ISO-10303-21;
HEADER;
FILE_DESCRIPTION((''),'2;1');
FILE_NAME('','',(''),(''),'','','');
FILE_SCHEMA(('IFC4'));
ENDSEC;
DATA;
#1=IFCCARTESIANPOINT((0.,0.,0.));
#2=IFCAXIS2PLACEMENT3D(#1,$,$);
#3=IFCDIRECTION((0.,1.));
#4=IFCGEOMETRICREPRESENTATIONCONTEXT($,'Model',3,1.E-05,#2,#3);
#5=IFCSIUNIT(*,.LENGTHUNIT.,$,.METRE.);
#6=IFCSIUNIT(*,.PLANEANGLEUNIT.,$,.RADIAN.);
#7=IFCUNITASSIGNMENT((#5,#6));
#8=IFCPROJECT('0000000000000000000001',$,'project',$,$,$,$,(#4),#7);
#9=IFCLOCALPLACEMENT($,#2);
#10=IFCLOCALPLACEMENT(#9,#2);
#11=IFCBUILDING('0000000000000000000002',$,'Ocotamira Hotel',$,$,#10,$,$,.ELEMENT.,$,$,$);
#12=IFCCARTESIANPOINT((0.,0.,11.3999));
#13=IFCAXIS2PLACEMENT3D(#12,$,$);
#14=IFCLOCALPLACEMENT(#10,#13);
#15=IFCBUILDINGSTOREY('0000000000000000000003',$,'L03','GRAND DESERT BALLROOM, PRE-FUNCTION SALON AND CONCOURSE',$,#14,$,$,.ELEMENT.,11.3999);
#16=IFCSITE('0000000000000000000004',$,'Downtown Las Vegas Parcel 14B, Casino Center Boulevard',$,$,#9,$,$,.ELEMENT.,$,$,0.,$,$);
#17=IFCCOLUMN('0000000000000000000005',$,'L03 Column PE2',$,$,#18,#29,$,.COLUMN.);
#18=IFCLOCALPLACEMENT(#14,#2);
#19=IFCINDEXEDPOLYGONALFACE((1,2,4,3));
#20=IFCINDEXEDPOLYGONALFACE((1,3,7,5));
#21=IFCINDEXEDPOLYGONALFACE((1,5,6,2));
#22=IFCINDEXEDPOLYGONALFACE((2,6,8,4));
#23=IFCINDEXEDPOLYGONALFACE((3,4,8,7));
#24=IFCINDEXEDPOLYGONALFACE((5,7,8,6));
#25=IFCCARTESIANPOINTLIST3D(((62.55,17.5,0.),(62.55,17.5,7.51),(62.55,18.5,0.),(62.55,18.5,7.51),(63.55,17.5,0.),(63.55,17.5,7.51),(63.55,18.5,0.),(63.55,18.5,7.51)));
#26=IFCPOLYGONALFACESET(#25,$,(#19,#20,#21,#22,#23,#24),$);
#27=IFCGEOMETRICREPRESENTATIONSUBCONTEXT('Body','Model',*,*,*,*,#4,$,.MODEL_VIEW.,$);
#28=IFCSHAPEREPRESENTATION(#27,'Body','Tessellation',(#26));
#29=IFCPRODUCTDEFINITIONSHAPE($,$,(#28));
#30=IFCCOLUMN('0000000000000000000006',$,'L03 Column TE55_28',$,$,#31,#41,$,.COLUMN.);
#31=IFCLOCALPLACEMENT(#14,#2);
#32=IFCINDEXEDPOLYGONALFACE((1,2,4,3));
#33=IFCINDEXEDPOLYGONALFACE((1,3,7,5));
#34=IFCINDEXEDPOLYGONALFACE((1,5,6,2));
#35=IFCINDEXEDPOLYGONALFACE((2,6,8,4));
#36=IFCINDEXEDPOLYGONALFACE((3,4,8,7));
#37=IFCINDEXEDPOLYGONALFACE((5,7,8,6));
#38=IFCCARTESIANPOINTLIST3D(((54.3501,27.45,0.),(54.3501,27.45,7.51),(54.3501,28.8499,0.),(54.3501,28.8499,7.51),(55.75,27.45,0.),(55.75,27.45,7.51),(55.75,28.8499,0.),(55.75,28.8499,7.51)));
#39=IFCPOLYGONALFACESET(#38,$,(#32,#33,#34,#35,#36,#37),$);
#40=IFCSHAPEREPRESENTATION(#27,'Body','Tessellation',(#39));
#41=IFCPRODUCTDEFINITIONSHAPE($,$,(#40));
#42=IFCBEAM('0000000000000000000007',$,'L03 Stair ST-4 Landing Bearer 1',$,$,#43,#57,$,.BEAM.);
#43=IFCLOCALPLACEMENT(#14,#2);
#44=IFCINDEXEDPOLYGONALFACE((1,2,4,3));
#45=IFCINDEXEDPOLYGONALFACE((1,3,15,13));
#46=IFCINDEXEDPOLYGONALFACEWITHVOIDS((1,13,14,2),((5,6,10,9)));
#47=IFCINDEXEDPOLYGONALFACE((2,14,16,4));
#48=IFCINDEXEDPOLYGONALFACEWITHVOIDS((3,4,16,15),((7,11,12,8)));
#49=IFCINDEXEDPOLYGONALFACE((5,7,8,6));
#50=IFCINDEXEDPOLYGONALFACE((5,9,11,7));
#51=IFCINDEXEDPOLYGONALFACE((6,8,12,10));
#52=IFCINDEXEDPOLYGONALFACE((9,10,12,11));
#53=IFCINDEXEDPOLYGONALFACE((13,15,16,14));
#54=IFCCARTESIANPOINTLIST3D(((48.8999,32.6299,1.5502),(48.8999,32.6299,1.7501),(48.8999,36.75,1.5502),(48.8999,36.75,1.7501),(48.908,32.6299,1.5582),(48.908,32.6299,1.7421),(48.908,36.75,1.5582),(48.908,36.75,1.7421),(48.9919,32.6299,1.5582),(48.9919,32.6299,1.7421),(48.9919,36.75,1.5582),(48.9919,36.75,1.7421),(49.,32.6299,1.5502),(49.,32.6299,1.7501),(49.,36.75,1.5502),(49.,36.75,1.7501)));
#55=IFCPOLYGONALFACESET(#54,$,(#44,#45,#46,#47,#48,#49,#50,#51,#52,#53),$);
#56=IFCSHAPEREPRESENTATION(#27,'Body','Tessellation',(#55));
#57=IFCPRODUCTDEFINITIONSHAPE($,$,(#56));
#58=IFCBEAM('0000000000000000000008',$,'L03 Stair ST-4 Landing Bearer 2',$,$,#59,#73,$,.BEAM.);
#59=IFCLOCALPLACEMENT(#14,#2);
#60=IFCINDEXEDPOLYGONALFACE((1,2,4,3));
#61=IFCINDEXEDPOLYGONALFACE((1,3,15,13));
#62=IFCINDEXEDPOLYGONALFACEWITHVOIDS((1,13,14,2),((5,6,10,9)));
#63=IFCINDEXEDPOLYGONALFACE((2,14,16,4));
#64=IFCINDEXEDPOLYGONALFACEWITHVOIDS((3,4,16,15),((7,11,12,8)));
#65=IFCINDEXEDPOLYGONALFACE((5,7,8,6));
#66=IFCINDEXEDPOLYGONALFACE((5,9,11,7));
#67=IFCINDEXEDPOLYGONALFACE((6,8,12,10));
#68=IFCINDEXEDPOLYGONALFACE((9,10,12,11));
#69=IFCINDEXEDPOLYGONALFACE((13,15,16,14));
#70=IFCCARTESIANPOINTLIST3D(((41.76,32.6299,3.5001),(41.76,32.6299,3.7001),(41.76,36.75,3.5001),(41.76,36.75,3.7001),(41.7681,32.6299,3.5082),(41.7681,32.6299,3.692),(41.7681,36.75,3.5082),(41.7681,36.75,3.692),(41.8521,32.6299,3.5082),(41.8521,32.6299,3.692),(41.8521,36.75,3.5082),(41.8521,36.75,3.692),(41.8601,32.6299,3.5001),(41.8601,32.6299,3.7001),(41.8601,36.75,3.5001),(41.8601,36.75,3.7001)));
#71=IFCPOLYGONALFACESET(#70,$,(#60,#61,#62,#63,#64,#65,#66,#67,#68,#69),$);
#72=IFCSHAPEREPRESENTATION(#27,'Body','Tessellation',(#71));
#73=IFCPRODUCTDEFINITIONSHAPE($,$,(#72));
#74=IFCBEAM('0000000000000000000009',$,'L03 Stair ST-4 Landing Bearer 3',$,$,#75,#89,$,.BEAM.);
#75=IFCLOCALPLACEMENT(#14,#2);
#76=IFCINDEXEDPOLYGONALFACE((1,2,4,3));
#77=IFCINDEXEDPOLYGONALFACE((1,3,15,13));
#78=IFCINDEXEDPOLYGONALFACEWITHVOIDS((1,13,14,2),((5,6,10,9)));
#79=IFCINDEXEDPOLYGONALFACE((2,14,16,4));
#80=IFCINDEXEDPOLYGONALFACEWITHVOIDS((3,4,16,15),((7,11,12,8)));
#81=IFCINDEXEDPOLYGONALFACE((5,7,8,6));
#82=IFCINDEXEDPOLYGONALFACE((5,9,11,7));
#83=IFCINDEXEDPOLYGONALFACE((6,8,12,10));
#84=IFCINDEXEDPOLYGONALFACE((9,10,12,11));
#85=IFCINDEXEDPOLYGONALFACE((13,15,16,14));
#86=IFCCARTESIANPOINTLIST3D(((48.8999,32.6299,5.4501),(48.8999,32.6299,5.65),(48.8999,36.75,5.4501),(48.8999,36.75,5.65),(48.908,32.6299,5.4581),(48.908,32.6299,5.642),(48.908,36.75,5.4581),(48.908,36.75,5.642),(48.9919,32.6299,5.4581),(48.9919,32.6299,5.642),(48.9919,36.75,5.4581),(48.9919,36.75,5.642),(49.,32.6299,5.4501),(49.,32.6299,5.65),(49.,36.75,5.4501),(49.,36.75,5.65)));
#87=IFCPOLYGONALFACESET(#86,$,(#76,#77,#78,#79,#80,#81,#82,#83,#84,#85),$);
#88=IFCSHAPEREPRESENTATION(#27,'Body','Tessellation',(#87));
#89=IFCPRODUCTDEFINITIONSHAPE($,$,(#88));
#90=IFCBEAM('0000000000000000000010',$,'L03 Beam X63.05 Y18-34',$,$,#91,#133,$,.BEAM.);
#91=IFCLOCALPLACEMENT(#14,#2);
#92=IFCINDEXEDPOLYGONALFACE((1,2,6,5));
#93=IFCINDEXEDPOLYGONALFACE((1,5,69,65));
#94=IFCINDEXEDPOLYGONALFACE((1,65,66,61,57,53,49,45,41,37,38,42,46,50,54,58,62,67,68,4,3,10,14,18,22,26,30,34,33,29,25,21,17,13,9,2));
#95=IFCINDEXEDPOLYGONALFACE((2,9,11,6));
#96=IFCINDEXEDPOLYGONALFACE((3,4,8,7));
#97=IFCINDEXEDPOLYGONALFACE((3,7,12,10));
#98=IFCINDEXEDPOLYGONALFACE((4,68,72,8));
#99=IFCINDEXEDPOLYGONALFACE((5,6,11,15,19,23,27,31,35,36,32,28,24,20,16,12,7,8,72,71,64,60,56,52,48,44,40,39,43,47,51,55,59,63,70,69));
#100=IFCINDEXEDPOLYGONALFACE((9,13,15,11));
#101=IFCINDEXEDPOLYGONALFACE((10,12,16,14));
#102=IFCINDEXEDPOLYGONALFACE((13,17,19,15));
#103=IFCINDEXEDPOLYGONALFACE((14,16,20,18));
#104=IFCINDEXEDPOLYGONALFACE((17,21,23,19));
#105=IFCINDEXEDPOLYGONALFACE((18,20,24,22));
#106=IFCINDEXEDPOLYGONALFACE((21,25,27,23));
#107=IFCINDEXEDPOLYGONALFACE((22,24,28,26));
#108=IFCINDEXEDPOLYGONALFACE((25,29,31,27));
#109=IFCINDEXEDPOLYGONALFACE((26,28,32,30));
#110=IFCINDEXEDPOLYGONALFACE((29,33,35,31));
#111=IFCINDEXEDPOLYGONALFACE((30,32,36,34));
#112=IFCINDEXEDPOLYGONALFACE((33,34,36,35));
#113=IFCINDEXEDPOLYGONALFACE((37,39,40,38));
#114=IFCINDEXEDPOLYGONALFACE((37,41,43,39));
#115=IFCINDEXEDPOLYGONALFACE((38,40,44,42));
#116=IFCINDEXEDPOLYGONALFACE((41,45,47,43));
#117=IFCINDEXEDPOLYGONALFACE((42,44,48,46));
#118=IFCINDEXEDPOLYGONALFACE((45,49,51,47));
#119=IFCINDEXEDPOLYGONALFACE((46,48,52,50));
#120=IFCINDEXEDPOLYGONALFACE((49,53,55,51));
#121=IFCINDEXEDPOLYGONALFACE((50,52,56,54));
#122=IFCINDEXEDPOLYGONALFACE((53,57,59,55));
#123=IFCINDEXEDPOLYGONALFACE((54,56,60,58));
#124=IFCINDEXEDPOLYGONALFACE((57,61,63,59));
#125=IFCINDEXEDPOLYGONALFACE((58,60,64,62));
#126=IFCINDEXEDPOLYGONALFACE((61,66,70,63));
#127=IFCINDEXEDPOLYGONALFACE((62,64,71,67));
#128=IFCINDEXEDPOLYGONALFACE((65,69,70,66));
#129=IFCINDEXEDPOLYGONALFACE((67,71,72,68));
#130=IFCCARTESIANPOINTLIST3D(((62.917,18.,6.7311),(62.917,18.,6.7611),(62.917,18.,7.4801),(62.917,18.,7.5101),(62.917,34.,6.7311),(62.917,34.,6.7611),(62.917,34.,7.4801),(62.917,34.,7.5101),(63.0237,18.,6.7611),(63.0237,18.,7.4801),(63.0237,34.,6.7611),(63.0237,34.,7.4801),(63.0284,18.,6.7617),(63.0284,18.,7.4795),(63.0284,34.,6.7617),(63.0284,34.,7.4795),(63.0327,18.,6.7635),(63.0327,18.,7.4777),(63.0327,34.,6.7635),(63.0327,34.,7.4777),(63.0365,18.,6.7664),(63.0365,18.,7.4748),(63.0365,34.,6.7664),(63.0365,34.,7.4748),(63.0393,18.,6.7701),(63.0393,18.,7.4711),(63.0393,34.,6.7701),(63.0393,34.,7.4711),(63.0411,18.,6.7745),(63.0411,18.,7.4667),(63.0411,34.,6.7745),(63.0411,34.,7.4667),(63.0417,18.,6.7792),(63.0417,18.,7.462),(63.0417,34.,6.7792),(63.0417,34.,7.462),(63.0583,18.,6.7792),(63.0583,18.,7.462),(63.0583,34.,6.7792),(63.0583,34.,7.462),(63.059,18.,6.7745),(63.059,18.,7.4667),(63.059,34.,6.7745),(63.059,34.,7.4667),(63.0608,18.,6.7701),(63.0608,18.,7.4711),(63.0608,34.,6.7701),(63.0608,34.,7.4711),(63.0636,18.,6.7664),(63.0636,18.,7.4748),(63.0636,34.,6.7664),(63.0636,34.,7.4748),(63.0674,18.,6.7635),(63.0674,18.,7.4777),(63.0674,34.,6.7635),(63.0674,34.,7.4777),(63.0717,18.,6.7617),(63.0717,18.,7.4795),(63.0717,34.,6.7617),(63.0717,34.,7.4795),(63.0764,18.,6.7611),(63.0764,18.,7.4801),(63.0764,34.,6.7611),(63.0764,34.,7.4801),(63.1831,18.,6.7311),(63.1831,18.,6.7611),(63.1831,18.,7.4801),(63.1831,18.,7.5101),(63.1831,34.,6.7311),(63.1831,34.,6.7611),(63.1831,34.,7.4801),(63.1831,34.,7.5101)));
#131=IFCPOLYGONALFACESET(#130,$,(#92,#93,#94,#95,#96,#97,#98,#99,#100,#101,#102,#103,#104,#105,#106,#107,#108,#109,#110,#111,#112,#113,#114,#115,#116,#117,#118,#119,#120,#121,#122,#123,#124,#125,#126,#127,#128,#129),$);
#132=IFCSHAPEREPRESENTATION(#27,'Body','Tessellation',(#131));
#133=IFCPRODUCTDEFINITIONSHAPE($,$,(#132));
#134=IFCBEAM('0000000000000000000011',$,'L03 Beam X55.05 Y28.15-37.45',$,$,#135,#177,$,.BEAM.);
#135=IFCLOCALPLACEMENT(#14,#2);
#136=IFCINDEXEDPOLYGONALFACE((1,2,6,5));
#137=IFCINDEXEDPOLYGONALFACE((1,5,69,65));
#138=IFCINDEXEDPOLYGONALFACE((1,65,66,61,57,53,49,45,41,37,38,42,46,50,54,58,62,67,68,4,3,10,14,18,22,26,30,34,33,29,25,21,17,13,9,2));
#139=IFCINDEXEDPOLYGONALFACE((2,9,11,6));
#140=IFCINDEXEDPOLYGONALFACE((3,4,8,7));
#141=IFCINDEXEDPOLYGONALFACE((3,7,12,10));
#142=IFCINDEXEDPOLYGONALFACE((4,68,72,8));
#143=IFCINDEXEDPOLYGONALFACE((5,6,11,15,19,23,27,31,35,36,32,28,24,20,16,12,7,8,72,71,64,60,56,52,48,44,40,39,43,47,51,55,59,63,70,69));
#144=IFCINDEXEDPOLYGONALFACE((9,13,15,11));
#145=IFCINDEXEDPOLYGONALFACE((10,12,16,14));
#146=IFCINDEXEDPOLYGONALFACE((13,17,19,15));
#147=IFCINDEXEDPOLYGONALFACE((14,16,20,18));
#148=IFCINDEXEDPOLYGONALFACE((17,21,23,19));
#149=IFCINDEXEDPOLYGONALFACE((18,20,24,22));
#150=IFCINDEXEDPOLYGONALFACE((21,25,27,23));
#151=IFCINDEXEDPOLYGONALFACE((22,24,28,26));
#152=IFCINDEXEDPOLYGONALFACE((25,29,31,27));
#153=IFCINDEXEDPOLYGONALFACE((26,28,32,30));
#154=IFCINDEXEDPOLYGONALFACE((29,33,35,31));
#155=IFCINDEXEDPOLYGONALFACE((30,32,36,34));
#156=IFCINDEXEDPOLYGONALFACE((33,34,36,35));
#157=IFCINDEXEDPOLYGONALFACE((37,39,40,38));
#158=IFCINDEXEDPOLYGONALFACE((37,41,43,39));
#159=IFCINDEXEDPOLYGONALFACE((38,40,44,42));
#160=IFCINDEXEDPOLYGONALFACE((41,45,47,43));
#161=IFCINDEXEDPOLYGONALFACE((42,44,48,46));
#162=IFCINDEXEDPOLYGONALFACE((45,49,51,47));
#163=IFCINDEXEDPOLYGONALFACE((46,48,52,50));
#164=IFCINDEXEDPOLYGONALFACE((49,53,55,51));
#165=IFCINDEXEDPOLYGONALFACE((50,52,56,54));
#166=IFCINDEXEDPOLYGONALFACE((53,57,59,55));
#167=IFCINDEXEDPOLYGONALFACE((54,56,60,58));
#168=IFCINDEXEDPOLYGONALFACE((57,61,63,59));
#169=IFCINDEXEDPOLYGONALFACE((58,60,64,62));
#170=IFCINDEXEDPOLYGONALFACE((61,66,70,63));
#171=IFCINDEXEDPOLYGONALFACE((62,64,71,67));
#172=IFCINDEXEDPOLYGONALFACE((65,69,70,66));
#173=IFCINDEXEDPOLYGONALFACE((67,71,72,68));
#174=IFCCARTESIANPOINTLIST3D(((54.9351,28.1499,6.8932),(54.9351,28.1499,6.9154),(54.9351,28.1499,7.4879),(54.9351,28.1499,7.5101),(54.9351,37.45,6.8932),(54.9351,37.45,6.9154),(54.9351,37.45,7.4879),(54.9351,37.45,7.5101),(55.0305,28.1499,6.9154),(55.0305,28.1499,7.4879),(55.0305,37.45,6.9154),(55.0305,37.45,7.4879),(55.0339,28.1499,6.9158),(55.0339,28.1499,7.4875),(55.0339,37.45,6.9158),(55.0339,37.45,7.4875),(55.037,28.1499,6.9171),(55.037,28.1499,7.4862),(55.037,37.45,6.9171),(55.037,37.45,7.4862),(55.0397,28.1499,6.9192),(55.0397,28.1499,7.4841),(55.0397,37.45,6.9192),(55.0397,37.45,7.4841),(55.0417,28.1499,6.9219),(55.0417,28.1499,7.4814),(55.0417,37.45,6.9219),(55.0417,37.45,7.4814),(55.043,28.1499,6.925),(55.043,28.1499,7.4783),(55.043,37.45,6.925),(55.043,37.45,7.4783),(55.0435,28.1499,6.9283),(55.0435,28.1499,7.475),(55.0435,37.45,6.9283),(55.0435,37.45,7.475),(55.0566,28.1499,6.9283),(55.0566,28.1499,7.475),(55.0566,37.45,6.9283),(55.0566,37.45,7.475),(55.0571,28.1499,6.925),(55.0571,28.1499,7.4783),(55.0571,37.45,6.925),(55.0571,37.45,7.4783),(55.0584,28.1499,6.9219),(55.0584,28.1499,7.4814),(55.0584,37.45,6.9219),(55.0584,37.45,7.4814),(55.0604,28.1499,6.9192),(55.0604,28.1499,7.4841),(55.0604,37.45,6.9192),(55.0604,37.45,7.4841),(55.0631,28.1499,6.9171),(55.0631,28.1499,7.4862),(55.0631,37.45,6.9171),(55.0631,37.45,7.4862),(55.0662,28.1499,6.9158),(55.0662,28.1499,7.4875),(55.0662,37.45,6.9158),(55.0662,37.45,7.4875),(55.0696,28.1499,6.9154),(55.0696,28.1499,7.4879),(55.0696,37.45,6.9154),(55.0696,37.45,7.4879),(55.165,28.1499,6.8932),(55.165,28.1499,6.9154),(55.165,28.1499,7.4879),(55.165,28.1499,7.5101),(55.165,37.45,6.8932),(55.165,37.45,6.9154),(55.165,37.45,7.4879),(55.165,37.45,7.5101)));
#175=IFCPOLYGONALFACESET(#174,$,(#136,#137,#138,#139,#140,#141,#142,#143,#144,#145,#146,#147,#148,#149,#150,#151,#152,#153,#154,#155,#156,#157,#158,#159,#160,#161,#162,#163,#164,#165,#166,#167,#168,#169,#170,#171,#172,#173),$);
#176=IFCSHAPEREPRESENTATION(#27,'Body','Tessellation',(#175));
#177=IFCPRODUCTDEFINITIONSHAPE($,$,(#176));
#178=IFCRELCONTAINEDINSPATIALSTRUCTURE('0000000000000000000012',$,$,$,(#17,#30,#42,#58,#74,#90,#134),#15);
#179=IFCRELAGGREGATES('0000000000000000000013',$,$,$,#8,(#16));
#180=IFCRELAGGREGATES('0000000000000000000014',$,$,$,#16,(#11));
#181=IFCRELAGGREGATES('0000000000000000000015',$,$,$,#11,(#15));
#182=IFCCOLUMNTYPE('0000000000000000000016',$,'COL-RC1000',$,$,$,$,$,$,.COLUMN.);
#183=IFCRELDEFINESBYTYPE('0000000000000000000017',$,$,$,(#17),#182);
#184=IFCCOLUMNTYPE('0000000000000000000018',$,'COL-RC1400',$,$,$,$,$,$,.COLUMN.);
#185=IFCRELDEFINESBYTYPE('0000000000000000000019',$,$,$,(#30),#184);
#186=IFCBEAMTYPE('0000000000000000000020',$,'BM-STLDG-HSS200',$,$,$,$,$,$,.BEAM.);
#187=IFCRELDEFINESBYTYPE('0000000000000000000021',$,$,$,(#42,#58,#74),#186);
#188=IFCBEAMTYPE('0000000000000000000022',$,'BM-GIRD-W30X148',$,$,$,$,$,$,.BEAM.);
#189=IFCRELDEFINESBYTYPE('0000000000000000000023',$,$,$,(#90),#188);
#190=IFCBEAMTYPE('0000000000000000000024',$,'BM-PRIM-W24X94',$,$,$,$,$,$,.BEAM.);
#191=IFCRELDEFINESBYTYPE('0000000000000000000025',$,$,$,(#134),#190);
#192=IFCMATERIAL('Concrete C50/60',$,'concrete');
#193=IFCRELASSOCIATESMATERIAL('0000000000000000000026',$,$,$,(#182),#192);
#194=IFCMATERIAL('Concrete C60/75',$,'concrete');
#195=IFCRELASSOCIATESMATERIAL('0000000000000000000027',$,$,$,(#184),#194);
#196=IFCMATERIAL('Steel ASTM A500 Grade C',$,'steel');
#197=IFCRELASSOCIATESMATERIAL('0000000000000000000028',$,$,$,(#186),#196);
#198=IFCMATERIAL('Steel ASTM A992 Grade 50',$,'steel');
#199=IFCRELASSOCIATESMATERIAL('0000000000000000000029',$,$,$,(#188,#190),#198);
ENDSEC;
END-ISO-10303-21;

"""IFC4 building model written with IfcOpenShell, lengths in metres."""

from ifc_helpers import new_model, si_unit, direction, frame, origin, origin_2d, place, context, subcontext, project, spatial, rectangle, hollow_rectangle, i_section, extrude, source, transform, mapped, material, material_profile, profile_set, type_object, element, save


model = new_model("IFC4")

# Units and contexts
model_context = context("Model", 3, precision=1e-05, world=origin(), true_north=direction((0.0, 1.0)))
body_context = subcontext(model_context, "Body", "Model", "MODEL_VIEW")
ifc_project = project(units=[si_unit("LENGTHUNIT", "METRE"), si_unit("PLANEANGLEUNIT", "RADIAN")], contexts=[model_context])

# Site, building, storey
site_placement = place(None, origin())
site = spatial("IfcSite", under=ifc_project, at=site_placement, Name="Downtown Las Vegas Parcel 14B, Casino Center Boulevard", CompositionType="ELEMENT", RefElevation=0.0)
building_placement = place(site_placement, origin())
building = spatial("IfcBuilding", under=site, at=building_placement, Name="Ocotamira Hotel", CompositionType="ELEMENT")
storey_placement = place(building_placement, frame((0.0, 0.0, 11.3999)))
storey = spatial("IfcBuildingStorey", under=building, at=storey_placement, Name="L03", Description="GRAND DESERT BALLROOM, PRE-FUNCTION SALON AND CONCOURSE", CompositionType="ELEMENT", Elevation=11.3999)

# Columns
ifc_material_1 = material(Name="Concrete C50/60", Category="concrete")
ifc_material_profile_1 = material_profile(ifc_material_1, rectangle(XDim=1.0, YDim=1.0, at=origin_2d()), Name="RC1000X1000")
ifc_profile_set_1 = profile_set([ifc_material_profile_1], Name="Concrete C50/60")
column_type_1 = type_object("IfcColumnType", Name="COL-RC1000", PredefinedType="COLUMN", material=ifc_profile_set_1)
shared_shape_1 = source(origin(), body_context, "Body", "SweptSolid", [
    extrude(rectangle(XDim=1.0, YDim=1.0, at=origin_2d()), origin(), (0.0, 0.0, 1.0), 7.51),
])
column_1_placement = place(storey_placement, frame((63.05, 18.0, 0.0), z_axis=(0.0, 0.0, 1.0), x_axis=(1.0, 0.0, 0.0)))
element("IfcColumn", 1, at=column_1_placement, inside=storey, type_object=column_type_1, Name="L03 Column PE2", PredefinedType="COLUMN", context=body_context, shape_type="MappedRepresentation", body=[
    mapped(shared_shape_1, transform((0.0, 0.0, 0.0), scale=1.0)),
])
ifc_material_2 = material(Name="Concrete C60/75", Category="concrete")
ifc_material_profile_2 = material_profile(ifc_material_2, rectangle(XDim=1.3999, YDim=1.3999, at=origin_2d()), Name="RC1400X1400")
ifc_profile_set_2 = profile_set([ifc_material_profile_2], Name="Concrete C60/75")
column_type_2 = type_object("IfcColumnType", Name="COL-RC1400", PredefinedType="COLUMN", material=ifc_profile_set_2)
shared_shape_2 = source(origin(), body_context, "Body", "SweptSolid", [
    extrude(rectangle(XDim=1.3999, YDim=1.3999, at=origin_2d()), origin(), (0.0, 0.0, 1.0), 7.51),
])
column_2_placement = place(storey_placement, frame((55.05, 28.1499, 0.0), z_axis=(0.0, 0.0, 1.0), x_axis=(1.0, 0.0, 0.0)))
element("IfcColumn", 2, at=column_2_placement, inside=storey, type_object=column_type_2, Name="L03 Column TE55_28", PredefinedType="COLUMN", context=body_context, shape_type="MappedRepresentation", body=[
    mapped(shared_shape_2, transform((0.0, 0.0, 0.0), scale=1.0)),
])

# Beams
ifc_material_3 = material(Name="Steel ASTM A500 Grade C", Category="steel")
ifc_material_profile_3 = material_profile(ifc_material_3, hollow_rectangle(XDim=0.1001, YDim=0.2, WallThickness=0.0081, at=origin_2d()), Name="HSS200X100X8")
ifc_profile_set_3 = profile_set([ifc_material_profile_3], Name="Steel ASTM A500 Grade C")
beam_type_1 = type_object("IfcBeamType", Name="BM-STLDG-HSS200", PredefinedType="BEAM", material=ifc_profile_set_3)
shared_shape_3 = source(origin(), body_context, "Body", "SweptSolid", [
    extrude(hollow_rectangle(XDim=0.1001, YDim=0.2, WallThickness=0.0081, at=origin_2d()), origin(), (0.0, 0.0, 1.0), 4.1201),
])
for number, where, z_axis, x_axis, name in (
    (3, (48.95, 32.6299, 1.6501), (0.0, 1.0, 0.0), (-1.0, 0.0, 0.0), "L03 Stair ST-4 Landing Bearer 1"),
    (4, (41.8101, 32.6299, 3.6001), (0.0, 1.0, 0.0), (-1.0, 0.0, 0.0), "L03 Stair ST-4 Landing Bearer 2"),
    (5, (48.95, 32.6299, 5.55), (0.0, 1.0, 0.0), (-1.0, 0.0, 0.0), "L03 Stair ST-4 Landing Bearer 3"),
):
    element("IfcBeam", number, at=place(storey_placement, frame(where, z_axis=z_axis, x_axis=x_axis)), inside=storey, type_object=beam_type_1, Name=name, PredefinedType="BEAM", context=body_context, shape_type="MappedRepresentation", body=[
        mapped(shared_shape_3, transform((0.0, 0.0, 0.0), scale=1.0)),
    ])
ifc_material_4 = material(Name="Steel ASTM A992 Grade 50", Category="steel")
ifc_material_profile_4 = material_profile(ifc_material_4, i_section(OverallWidth=0.2661, OverallDepth=0.7791, WebThickness=0.0166, FlangeThickness=0.03, FilletRadius=0.0181, at=origin_2d()), Name="W30X148")
ifc_profile_set_4 = profile_set([ifc_material_profile_4], Name="Steel ASTM A992 Grade 50")
beam_type_2 = type_object("IfcBeamType", Name="BM-GIRD-W30X148", PredefinedType="BEAM", material=ifc_profile_set_4)
shared_shape_4 = source(origin(), body_context, "Body", "SweptSolid", [
    extrude(i_section(OverallWidth=0.2661, OverallDepth=0.7791, WebThickness=0.0166, FlangeThickness=0.03, FilletRadius=0.0181, at=origin_2d()), origin(), (0.0, 0.0, 1.0), 16.0),
])
beam_1_placement = place(storey_placement, frame((63.05, 18.0, 7.1206), z_axis=(0.0, 1.0, 0.0), x_axis=(-1.0, 0.0, 0.0)))
element("IfcBeam", 6, at=beam_1_placement, inside=storey, type_object=beam_type_2, Name="L03 Beam X63.05 Y18-34", PredefinedType="BEAM", context=body_context, shape_type="MappedRepresentation", body=[
    mapped(shared_shape_4, transform((0.0, 0.0, 0.0), scale=1.0)),
])
ifc_material_profile_5 = material_profile(ifc_material_4, i_section(OverallWidth=0.23, OverallDepth=0.6169, WebThickness=0.0132, FlangeThickness=0.0222, FilletRadius=0.0129, at=origin_2d()), Name="W24X94")
ifc_profile_set_5 = profile_set([ifc_material_profile_5], Name="Steel ASTM A992 Grade 50")
beam_type_3 = type_object("IfcBeamType", Name="BM-PRIM-W24X94", PredefinedType="BEAM", material=ifc_profile_set_5)
shared_shape_5 = source(origin(), body_context, "Body", "SweptSolid", [
    extrude(i_section(OverallWidth=0.23, OverallDepth=0.6169, WebThickness=0.0132, FlangeThickness=0.0222, FilletRadius=0.0129, at=origin_2d()), origin(), (0.0, 0.0, 1.0), 9.3),
])
beam_2_placement = place(storey_placement, frame((55.05, 28.1499, 7.2017), z_axis=(0.0, 1.0, 0.0), x_axis=(-1.0, 0.0, 0.0)))
element("IfcBeam", 7, at=beam_2_placement, inside=storey, type_object=beam_type_3, Name="L03 Beam X55.05 Y28.15-37.45", PredefinedType="BEAM", context=body_context, shape_type="MappedRepresentation", body=[
    mapped(shared_shape_5, transform((0.0, 0.0, 0.0), scale=1.0)),
])

save(model, "model.ifc")
